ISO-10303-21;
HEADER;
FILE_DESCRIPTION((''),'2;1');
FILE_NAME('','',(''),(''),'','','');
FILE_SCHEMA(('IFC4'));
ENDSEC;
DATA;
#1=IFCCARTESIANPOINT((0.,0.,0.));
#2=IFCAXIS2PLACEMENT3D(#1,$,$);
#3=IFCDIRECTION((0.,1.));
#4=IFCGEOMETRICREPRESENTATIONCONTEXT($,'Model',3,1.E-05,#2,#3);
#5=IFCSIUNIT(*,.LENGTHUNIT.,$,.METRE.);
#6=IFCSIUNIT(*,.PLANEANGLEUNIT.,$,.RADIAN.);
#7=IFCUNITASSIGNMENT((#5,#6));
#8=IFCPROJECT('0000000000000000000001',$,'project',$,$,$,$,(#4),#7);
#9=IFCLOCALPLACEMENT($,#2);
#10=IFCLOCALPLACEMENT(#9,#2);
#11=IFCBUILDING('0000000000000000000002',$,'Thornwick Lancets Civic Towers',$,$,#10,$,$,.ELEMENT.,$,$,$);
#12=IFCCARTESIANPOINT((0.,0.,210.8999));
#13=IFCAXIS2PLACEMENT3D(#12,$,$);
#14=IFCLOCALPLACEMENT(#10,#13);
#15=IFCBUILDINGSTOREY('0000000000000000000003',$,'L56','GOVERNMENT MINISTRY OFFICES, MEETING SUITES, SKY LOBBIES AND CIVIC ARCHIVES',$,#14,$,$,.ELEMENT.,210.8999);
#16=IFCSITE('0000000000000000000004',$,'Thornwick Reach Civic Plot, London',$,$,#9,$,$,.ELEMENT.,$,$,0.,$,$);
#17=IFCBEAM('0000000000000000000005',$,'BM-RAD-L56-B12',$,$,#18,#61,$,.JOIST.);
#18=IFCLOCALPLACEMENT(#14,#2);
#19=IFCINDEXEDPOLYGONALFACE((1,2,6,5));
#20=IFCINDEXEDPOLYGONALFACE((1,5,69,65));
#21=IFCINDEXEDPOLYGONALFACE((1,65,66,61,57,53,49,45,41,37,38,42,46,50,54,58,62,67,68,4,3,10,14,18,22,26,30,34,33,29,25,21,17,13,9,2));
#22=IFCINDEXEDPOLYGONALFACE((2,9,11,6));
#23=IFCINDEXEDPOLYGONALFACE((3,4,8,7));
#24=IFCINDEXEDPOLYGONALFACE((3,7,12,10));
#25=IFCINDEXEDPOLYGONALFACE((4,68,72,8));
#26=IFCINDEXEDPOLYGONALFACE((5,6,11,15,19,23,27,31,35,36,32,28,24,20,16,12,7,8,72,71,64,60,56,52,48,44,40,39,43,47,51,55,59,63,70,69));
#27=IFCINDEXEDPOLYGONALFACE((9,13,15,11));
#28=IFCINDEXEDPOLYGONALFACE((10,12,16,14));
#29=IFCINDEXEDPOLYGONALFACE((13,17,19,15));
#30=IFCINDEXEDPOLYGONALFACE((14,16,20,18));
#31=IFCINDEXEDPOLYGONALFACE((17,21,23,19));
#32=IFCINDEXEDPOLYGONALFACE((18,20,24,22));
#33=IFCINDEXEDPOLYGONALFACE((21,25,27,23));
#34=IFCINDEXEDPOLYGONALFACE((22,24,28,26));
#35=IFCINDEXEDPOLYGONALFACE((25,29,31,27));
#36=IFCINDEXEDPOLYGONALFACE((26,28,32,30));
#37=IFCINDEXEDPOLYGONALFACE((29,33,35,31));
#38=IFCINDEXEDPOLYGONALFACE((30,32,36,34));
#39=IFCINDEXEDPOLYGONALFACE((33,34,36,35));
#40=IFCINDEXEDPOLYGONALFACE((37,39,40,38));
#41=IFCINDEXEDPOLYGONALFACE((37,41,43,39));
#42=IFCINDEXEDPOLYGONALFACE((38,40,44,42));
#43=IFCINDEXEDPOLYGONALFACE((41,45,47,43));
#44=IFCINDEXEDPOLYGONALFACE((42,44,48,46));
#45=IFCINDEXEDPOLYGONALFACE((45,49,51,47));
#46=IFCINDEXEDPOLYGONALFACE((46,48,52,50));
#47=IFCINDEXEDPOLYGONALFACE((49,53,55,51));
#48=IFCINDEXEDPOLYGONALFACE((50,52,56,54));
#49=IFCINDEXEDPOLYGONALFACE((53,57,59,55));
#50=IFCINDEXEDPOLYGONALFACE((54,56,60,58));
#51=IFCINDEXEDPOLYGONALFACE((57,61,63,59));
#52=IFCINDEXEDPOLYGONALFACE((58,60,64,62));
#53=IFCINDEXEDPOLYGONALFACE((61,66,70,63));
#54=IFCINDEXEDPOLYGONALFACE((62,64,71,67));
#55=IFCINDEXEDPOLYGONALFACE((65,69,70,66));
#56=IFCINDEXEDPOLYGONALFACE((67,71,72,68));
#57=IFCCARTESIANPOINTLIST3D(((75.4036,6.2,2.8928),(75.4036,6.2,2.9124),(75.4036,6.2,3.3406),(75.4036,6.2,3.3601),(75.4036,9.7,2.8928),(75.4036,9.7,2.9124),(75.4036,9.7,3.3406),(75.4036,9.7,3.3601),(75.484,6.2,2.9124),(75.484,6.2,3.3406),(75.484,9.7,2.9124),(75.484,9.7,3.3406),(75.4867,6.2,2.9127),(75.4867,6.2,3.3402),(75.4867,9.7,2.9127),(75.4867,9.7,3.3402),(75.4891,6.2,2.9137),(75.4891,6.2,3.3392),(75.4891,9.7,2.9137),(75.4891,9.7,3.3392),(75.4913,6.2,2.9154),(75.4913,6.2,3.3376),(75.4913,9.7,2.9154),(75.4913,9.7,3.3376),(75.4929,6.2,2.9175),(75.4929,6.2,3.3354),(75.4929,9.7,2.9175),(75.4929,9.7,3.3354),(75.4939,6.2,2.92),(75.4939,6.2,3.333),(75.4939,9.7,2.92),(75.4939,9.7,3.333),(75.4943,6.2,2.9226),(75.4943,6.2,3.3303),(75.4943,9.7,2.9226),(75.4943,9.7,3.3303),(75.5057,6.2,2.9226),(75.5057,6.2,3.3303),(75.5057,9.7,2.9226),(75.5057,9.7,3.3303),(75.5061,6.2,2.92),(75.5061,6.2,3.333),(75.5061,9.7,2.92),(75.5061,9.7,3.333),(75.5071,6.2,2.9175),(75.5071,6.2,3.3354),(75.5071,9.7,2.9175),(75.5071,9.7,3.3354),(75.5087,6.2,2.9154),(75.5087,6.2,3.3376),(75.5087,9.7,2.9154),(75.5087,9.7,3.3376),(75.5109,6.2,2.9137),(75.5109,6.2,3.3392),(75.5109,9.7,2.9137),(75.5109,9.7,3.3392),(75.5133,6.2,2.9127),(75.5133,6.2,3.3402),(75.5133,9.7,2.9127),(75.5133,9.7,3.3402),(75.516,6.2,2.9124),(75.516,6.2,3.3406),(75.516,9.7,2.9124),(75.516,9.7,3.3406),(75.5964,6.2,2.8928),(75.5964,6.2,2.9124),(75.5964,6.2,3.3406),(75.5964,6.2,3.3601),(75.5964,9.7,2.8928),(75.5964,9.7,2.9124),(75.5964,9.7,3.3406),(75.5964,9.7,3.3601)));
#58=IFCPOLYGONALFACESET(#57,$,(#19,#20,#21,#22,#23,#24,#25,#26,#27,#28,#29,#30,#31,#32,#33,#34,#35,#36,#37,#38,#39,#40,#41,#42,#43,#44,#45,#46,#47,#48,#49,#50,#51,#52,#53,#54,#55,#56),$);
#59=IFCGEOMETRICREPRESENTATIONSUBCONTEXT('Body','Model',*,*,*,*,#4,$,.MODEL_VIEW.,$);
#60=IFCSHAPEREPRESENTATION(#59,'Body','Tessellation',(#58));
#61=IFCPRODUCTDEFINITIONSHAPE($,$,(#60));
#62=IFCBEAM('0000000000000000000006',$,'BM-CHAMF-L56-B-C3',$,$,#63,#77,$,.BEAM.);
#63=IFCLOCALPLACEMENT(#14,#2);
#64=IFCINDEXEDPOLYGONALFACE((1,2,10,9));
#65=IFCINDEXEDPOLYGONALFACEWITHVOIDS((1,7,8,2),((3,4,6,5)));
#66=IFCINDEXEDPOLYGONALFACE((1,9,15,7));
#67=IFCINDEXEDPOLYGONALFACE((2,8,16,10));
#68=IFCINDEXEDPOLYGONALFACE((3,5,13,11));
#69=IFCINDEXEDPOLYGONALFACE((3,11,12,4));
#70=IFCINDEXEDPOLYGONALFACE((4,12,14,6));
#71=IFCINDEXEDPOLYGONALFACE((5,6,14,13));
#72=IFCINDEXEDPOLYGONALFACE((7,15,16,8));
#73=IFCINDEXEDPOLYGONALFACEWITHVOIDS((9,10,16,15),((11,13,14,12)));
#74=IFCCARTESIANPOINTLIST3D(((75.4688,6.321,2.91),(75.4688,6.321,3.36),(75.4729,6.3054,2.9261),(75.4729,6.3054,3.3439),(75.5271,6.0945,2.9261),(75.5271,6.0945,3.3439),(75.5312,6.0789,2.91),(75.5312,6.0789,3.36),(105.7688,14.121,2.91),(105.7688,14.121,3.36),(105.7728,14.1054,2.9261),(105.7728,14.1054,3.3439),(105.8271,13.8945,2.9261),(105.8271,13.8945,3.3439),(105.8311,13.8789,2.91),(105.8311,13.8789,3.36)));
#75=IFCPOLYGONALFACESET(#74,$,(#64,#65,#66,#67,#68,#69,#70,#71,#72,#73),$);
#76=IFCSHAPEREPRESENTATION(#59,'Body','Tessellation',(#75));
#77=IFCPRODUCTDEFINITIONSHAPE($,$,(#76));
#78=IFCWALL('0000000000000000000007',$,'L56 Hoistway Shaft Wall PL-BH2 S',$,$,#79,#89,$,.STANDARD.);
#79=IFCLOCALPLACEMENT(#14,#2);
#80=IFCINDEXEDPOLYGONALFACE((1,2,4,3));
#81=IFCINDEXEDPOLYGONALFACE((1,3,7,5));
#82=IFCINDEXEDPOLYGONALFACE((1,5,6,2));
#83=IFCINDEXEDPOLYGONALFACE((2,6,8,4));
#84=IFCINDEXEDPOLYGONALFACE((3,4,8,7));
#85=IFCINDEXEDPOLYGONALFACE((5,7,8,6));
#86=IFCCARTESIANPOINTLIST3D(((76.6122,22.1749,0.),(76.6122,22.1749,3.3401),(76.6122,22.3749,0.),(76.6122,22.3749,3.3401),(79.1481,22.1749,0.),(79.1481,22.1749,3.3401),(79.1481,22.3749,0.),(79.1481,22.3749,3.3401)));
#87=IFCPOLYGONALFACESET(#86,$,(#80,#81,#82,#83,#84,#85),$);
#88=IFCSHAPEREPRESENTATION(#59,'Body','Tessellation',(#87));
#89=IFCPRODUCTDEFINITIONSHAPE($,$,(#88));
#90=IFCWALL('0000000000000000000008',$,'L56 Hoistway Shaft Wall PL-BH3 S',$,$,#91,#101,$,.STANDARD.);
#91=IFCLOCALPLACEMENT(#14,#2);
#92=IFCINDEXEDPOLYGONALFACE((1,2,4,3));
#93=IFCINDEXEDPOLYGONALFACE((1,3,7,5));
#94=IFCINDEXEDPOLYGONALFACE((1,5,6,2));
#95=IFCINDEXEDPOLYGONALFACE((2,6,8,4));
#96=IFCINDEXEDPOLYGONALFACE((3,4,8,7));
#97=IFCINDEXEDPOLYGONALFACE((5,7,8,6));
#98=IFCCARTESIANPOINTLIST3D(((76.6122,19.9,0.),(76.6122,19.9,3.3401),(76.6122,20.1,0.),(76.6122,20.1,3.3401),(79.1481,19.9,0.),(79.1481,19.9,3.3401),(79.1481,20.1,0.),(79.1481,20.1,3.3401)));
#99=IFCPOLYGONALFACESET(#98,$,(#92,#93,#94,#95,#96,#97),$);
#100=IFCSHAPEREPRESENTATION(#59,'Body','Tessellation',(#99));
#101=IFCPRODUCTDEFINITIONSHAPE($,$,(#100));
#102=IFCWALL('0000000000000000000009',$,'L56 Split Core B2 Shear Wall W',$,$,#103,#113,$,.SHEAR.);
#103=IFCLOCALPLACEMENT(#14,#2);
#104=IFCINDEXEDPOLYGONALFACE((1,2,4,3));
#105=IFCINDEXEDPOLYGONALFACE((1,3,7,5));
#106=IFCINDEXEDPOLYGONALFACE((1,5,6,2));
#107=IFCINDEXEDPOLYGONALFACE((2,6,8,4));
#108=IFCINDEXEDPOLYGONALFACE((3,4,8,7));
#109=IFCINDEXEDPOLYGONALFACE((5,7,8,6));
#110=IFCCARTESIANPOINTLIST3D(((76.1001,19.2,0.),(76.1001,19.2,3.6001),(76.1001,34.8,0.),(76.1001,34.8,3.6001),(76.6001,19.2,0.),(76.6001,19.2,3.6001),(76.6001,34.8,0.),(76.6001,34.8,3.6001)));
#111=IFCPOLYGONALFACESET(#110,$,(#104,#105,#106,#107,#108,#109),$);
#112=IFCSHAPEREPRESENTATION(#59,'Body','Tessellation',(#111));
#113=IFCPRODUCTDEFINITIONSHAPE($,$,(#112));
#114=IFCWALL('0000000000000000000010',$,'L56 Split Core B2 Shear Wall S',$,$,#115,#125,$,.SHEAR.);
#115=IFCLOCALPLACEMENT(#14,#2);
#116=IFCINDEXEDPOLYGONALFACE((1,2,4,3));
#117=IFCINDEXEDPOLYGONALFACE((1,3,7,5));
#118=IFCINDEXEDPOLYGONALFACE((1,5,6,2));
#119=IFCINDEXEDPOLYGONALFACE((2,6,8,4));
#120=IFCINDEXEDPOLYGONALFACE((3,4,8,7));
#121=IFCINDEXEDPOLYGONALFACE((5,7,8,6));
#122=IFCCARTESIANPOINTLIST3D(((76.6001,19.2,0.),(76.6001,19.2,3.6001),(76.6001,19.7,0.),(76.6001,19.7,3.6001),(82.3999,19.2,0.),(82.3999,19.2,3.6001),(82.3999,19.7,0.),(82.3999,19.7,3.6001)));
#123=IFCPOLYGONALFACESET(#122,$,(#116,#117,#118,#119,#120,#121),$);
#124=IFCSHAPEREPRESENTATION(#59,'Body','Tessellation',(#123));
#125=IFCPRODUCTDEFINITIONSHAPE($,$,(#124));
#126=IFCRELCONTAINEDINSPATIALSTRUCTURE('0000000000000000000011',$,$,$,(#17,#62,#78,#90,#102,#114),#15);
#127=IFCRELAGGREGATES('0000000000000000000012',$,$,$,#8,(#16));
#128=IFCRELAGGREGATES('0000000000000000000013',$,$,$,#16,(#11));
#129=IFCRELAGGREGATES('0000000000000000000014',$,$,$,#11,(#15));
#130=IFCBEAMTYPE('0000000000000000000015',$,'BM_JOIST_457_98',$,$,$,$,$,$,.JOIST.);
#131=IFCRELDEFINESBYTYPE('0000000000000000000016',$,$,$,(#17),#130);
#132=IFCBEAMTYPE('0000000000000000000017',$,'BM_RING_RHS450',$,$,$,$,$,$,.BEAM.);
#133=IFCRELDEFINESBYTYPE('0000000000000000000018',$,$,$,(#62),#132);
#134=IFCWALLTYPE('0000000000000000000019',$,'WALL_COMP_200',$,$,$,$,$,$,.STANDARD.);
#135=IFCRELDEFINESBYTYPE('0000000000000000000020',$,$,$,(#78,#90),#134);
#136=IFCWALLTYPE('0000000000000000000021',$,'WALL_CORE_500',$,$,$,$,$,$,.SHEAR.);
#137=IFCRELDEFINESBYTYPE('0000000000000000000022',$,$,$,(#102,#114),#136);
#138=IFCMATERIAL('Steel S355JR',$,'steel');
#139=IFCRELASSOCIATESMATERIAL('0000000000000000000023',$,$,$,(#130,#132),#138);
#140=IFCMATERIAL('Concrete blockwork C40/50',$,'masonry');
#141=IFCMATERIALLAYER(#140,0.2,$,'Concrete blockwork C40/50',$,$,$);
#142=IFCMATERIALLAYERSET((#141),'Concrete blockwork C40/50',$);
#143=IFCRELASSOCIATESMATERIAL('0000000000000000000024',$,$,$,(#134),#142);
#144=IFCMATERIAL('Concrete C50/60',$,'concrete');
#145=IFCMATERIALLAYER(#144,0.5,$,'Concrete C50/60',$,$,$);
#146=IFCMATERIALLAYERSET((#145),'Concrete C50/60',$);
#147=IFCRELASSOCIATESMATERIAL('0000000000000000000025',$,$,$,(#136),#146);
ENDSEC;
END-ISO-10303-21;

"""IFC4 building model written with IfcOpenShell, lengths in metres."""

from ifc_helpers import new_model, si_unit, direction, frame, frame_2d, origin, origin_2d, place, context, subcontext, project, spatial, rectangle, hollow_rectangle, i_section, extrude, material, layer, layer_set, material_profile, profile_set, type_object, element, save


model = new_model("IFC4")

# Units and contexts
model_context = context("Model", 3, precision=1e-05, world=origin(), true_north=direction((0.0, 1.0)))
body_context = subcontext(model_context, "Body", "Model", "MODEL_VIEW")
ifc_project = project(units=[si_unit("LENGTHUNIT", "METRE"), si_unit("PLANEANGLEUNIT", "RADIAN")], contexts=[model_context])

# Site, building, storey
site_placement = place(None, origin())
site = spatial("IfcSite", under=ifc_project, at=site_placement, Name="Thornwick Reach Civic Plot, London", CompositionType="ELEMENT", RefElevation=0.0)
building_placement = place(site_placement, origin())
building = spatial("IfcBuilding", under=site, at=building_placement, Name="Thornwick Lancets Civic Towers", CompositionType="ELEMENT")
storey_placement = place(building_placement, frame((0.0, 0.0, 210.8999)))
storey = spatial("IfcBuildingStorey", under=building, at=storey_placement, Name="L56", Description="GOVERNMENT MINISTRY OFFICES, MEETING SUITES, SKY LOBBIES AND CIVIC ARCHIVES", CompositionType="ELEMENT", Elevation=210.8999)

# Shared definitions
ifc_material_1 = material(Name="Concrete C50/60", Category="concrete")
ifc_material_2 = material(Name="Steel S355JR", Category="steel")

# Beams
ifc_material_profile_1 = material_profile(ifc_material_2, i_section(OverallWidth=0.1929, OverallDepth=0.4673, WebThickness=0.0115, FlangeThickness=0.0195, FilletRadius=0.0103, at=origin_2d()), Name="UKB 457x191x98")
ifc_profile_set_1 = profile_set([ifc_material_profile_1], Name="Steel S355JR")
beam_type_1 = type_object("IfcBeamType", Name="BM_JOIST_457_98", PredefinedType="JOIST", material=ifc_profile_set_1)
for number, where, z_axis, x_axis, name in (
    (1, (75.5, 9.7, 3.1265), (0.0, -1.0, 0.0), (1.0, 0.0, 0.0), "BM-RAD-L56-B12"),
):
    element("IfcBeam", number, at=place(storey_placement, frame(where, z_axis=z_axis, x_axis=x_axis)), inside=storey, type_object=beam_type_1, Name=name, PredefinedType="JOIST", context=body_context, shape_type="SweptSolid", body=[
        extrude(i_section(OverallWidth=0.1929, OverallDepth=0.4673, WebThickness=0.0115, FlangeThickness=0.0195, FilletRadius=0.0103, at=origin_2d()), origin(), (0.0, 0.0, 1.0), 3.5),
    ])
ifc_material_profile_2 = material_profile(ifc_material_2, hollow_rectangle(XDim=0.25, YDim=0.45, WallThickness=0.0161, at=origin_2d()), Name="RHS 450x250x16")
ifc_profile_set_2 = profile_set([ifc_material_profile_2], Name="Steel S355JR")
beam_type_2 = type_object("IfcBeamType", Name="BM_RING_RHS450", PredefinedType="BEAM", material=ifc_profile_set_2)
beam_1_placement = place(storey_placement, frame((75.5, 6.2, 3.135), z_axis=(0.968427, 0.249299, 0.0), x_axis=(-0.249299, 0.968427, 0.0)))
element("IfcBeam", 2, at=beam_1_placement, inside=storey, type_object=beam_type_2, Name="BM-CHAMF-L56-B-C3", PredefinedType="BEAM", context=body_context, shape_type="SweptSolid", body=[
    extrude(hollow_rectangle(XDim=0.25, YDim=0.45, WallThickness=0.0161, at=origin_2d()), origin(), (0.0, 0.0, 1.0), 31.2878),
])

# Walls
ifc_material_3 = material(Name="Concrete blockwork C40/50", Category="masonry")
ifc_layer_1 = layer(ifc_material_3, 0.2, Name="Concrete blockwork C40/50")
ifc_layer_set_1 = layer_set([ifc_layer_1], Name="Concrete blockwork C40/50")
wall_type_1 = type_object("IfcWallType", Name="WALL_COMP_200", PredefinedType="STANDARD", material=ifc_layer_set_1)
for number, where, z_axis, x_axis, name in (
    (3, (76.6121, 22.2749, 0.0), (0.0, 0.0, 1.0), (1.0, 0.0, 0.0), "L56 Hoistway Shaft Wall PL-BH2 S"),
    (4, (76.6121, 20.0, 0.0), (0.0, 0.0, 1.0), (1.0, 0.0, 0.0), "L56 Hoistway Shaft Wall PL-BH3 S"),
):
    element("IfcWall", number, at=place(storey_placement, frame(where, z_axis=z_axis, x_axis=x_axis)), inside=storey, type_object=wall_type_1, Name=name, PredefinedType="STANDARD", context=body_context, shape_type="SweptSolid", body=[
        extrude(rectangle(XDim=2.5359, YDim=0.2, at=frame_2d((1.2681, 0.0))), origin(), (0.0, 0.0, 1.0), 3.3401),
    ])
ifc_layer_2 = layer(ifc_material_1, 0.5, Name="Concrete C50/60")
ifc_layer_set_2 = layer_set([ifc_layer_2], Name="Concrete C50/60")
wall_type_2 = type_object("IfcWallType", Name="WALL_CORE_500", PredefinedType="SHEAR", material=ifc_layer_set_2)
wall_1_placement = place(storey_placement, frame((76.3501, 19.2, 0.0), z_axis=(0.0, 0.0, 1.0), x_axis=(0.0, 1.0, 0.0)))
element("IfcWall", 5, at=wall_1_placement, inside=storey, type_object=wall_type_2, Name="L56 Split Core B2 Shear Wall W", PredefinedType="SHEAR", context=body_context, shape_type="SweptSolid", body=[
    extrude(rectangle(XDim=15.6001, YDim=0.5, at=frame_2d((7.8, 0.0))), origin(), (0.0, 0.0, 1.0), 3.6001),
])
wall_2_placement = place(storey_placement, frame((76.6001, 19.45, 0.0), z_axis=(0.0, 0.0, 1.0), x_axis=(1.0, 0.0, 0.0)))
element("IfcWall", 6, at=wall_2_placement, inside=storey, type_object=wall_type_2, Name="L56 Split Core B2 Shear Wall S", PredefinedType="SHEAR", context=body_context, shape_type="SweptSolid", body=[
    extrude(rectangle(XDim=5.7998, YDim=0.5, at=frame_2d((2.8999, 0.0))), origin(), (0.0, 0.0, 1.0), 3.6001),
])

save(model, "model.ifc")
